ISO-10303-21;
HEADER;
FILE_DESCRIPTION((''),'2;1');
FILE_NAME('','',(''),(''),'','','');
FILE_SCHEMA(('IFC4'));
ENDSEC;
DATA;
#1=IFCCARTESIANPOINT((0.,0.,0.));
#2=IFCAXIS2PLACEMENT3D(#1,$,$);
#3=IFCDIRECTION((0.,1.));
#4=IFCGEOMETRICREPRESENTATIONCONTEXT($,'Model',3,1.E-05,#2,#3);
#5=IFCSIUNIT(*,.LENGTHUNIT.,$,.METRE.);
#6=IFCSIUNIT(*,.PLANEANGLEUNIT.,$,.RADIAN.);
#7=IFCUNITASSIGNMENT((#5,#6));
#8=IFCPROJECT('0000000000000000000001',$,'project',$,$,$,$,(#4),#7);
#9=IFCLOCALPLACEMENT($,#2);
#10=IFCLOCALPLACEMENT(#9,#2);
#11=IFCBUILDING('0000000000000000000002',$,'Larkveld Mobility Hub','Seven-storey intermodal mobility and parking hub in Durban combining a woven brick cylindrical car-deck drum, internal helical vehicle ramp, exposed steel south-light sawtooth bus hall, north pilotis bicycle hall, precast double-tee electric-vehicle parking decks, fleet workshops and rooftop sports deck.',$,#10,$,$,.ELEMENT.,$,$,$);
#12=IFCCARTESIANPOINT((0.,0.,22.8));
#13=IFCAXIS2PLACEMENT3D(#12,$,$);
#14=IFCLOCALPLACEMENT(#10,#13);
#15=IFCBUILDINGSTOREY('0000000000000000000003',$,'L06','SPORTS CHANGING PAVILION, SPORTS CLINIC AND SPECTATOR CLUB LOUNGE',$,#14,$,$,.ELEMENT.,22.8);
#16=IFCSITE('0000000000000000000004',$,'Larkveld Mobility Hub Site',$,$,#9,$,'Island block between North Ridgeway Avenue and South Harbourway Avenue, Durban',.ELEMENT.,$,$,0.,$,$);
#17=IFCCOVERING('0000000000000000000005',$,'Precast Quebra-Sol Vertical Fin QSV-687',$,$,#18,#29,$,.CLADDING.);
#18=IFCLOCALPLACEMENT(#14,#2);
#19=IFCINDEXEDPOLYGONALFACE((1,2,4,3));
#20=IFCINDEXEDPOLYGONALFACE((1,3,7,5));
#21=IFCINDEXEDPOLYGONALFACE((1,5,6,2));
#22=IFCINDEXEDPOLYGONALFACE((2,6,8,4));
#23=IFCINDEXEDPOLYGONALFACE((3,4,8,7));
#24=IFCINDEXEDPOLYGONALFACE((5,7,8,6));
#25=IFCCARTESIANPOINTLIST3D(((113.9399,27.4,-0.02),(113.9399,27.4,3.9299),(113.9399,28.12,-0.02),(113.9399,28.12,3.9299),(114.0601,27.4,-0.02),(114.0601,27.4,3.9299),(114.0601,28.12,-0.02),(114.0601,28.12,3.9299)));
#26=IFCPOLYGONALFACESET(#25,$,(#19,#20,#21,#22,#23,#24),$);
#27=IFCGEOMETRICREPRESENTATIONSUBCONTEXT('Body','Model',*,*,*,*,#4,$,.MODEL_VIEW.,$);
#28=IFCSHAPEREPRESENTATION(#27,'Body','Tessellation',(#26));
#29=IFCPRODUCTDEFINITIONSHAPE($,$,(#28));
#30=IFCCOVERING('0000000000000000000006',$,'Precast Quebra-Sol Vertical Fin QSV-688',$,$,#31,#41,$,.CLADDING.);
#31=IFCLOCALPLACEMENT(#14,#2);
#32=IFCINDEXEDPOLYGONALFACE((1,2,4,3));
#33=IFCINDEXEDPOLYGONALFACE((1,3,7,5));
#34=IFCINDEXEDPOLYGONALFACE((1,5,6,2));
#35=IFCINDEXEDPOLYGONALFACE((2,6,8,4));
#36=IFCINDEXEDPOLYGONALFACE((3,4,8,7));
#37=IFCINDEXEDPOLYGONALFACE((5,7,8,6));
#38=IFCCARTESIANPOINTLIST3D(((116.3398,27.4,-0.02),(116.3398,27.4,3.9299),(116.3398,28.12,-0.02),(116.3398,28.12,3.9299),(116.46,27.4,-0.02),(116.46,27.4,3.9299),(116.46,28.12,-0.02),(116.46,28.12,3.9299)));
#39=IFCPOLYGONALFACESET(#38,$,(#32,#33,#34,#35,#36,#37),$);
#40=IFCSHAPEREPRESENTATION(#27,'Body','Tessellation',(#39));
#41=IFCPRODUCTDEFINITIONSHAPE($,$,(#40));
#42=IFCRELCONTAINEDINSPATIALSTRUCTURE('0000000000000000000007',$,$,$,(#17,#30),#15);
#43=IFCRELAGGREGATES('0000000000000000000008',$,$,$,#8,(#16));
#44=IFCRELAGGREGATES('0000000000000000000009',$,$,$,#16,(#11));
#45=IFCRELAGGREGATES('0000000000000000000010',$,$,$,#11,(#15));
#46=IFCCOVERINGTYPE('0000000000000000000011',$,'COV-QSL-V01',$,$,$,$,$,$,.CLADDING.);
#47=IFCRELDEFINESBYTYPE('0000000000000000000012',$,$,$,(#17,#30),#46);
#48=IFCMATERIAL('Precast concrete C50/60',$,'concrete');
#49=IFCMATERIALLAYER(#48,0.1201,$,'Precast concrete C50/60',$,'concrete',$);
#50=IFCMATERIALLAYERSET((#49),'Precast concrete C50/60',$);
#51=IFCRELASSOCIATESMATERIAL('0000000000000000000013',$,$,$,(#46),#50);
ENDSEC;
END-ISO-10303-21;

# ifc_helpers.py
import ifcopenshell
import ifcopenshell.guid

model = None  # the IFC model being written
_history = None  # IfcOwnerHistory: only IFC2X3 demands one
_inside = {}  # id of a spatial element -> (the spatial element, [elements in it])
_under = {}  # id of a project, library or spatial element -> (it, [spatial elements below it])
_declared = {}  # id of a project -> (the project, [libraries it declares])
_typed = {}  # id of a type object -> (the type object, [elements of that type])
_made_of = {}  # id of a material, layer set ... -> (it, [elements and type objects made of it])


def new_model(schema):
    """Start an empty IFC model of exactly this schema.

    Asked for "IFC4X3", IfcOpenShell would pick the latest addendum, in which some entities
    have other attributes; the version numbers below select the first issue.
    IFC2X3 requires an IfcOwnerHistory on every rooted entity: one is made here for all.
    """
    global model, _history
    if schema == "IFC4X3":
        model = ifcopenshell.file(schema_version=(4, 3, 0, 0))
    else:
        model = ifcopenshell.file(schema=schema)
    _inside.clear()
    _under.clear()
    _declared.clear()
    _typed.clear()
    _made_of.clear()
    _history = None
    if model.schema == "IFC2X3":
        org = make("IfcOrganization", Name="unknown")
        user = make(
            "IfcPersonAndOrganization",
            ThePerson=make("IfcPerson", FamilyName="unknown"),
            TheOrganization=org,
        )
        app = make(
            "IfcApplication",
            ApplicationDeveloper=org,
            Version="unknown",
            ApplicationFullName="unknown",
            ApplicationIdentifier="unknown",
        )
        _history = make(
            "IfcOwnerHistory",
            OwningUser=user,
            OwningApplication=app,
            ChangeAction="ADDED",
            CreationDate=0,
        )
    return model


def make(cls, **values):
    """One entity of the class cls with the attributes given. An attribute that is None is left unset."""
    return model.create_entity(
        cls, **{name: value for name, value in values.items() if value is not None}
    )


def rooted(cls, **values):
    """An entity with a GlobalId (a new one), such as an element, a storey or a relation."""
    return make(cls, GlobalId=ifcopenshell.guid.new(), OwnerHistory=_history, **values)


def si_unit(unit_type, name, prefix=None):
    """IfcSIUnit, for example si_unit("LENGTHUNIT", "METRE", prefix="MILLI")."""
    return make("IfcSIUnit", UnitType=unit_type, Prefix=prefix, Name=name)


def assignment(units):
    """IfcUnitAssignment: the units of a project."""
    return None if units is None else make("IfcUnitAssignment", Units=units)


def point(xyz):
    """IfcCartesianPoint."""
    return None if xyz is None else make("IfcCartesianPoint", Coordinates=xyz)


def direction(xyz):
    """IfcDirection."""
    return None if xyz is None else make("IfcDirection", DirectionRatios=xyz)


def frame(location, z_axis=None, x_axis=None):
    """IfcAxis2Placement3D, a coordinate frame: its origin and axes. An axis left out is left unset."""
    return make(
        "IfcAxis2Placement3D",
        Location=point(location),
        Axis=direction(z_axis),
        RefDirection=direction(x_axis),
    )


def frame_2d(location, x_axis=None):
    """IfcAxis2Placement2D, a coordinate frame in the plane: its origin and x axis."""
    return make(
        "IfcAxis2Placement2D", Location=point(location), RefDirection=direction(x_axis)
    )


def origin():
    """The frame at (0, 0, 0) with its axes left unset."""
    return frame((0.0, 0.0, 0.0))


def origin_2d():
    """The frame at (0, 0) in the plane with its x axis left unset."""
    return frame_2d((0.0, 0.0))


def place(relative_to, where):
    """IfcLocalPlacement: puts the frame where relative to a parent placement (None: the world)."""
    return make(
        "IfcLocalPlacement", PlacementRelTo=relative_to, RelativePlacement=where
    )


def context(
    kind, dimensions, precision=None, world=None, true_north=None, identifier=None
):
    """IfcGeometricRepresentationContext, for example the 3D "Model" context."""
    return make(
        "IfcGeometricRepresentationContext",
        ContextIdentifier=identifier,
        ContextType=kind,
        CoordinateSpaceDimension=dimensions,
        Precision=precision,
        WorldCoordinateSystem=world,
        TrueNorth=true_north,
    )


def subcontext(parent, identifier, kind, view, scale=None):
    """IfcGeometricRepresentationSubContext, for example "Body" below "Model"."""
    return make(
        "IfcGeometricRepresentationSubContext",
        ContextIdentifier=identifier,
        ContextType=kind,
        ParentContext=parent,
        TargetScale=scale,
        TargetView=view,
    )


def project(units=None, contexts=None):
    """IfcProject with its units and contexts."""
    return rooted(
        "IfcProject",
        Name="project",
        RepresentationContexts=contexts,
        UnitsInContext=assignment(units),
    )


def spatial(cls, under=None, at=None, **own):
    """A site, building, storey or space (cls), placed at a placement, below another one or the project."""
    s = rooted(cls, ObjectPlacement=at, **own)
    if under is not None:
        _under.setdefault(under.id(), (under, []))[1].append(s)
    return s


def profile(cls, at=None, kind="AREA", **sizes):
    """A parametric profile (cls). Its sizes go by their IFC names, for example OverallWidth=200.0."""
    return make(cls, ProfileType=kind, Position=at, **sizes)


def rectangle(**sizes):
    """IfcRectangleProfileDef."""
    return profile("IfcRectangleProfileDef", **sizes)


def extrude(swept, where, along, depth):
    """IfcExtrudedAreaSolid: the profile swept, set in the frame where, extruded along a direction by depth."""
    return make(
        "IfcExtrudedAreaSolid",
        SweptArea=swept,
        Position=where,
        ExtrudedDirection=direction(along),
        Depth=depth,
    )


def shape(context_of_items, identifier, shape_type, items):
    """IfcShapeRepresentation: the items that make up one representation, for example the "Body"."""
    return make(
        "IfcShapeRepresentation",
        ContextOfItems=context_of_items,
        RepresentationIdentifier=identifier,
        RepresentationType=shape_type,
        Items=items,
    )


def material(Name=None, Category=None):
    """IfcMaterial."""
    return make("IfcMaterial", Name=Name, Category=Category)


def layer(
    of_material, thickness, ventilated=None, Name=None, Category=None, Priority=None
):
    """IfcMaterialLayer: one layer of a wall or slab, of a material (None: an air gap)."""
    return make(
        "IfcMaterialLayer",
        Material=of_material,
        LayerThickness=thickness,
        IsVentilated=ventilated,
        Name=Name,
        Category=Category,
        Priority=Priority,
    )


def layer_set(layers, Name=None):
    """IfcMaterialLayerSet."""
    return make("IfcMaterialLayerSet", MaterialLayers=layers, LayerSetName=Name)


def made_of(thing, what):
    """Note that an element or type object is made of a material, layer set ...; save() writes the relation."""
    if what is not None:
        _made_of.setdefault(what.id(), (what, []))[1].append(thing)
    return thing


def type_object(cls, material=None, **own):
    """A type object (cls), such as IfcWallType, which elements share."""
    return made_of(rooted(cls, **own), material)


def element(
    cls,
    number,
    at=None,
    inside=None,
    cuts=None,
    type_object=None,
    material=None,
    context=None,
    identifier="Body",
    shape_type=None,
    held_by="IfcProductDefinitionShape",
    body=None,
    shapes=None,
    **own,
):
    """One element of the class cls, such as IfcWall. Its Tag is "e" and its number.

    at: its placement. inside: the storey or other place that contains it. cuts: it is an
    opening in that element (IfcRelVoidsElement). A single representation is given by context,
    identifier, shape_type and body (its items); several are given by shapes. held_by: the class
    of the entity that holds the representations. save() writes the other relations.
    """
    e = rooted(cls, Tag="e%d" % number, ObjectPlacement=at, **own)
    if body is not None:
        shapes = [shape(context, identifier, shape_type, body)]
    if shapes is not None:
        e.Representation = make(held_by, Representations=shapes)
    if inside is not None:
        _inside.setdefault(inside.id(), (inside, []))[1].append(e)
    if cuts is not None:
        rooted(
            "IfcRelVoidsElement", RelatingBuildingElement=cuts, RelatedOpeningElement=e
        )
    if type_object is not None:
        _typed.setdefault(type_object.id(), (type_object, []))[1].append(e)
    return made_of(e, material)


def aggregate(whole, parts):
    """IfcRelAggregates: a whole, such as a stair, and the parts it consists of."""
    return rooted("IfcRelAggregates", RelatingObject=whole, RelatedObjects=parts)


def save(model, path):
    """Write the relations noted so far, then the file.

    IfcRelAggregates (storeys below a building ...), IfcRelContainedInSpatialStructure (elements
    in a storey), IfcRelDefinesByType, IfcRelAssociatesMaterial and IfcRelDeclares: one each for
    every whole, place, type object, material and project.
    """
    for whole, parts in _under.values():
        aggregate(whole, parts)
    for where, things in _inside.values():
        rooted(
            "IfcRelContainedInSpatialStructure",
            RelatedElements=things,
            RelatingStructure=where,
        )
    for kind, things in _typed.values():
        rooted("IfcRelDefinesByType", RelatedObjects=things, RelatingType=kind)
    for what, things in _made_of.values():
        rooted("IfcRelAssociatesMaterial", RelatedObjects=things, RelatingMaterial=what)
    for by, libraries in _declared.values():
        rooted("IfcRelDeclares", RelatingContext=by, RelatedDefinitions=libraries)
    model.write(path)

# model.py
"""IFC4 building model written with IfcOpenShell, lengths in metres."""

from ifc_helpers import new_model, si_unit, direction, frame, origin, origin_2d, place, context, subcontext, project, spatial, rectangle, extrude, material, layer, layer_set, type_object, element, save


model = new_model("IFC4")

# Units and contexts
model_context = context("Model", 3, precision=1e-05, world=origin(), true_north=direction((0.0, 1.0)))
body_context = subcontext(model_context, "Body", "Model", "MODEL_VIEW")
ifc_project = project(units=[si_unit("LENGTHUNIT", "METRE"), si_unit("PLANEANGLEUNIT", "RADIAN")], contexts=[model_context])

# Site, building, storey
site_placement = place(None, origin())
site = spatial("IfcSite", under=ifc_project, at=site_placement, Name="Larkveld Mobility Hub Site", LongName="Island block between North Ridgeway Avenue and South Harbourway Avenue, Durban", CompositionType="ELEMENT", RefElevation=0.0)
building_placement = place(site_placement, origin())
building = spatial("IfcBuilding", under=site, at=building_placement, Name="Larkveld Mobility Hub", Description="Seven-storey intermodal mobility and parking hub in Durban combining a woven brick cylindrical car-deck drum, internal helical vehicle ramp, exposed steel south-light sawtooth bus hall, north pilotis bicycle hall, precast double-tee electric-vehicle parking decks, fleet workshops and rooftop sports deck.", CompositionType="ELEMENT")
storey_placement = place(building_placement, frame((0.0, 0.0, 22.8)))
storey = spatial("IfcBuildingStorey", under=building, at=storey_placement, Name="L06", Description="SPORTS CHANGING PAVILION, SPORTS CLINIC AND SPECTATOR CLUB LOUNGE", CompositionType="ELEMENT", Elevation=22.8)

# Coverings
ifc_material_1 = material(Name="Precast concrete C50/60", Category="concrete")
ifc_layer_1 = layer(ifc_material_1, 0.1201, Name="Precast concrete C50/60", Category="concrete")
ifc_layer_set_1 = layer_set([ifc_layer_1], Name="Precast concrete C50/60")
covering_type = type_object("IfcCoveringType", Name="COV-QSL-V01", PredefinedType="CLADDING", material=ifc_layer_set_1)
for number, where, z_axis, x_axis, name in (
    (1, (114.0, 27.76, -0.02), (0.0, 0.0, 1.0), (1.0, 0.0, 0.0), "Precast Quebra-Sol Vertical Fin QSV-687"),
    (2, (116.3999, 27.76, -0.02), (0.0, 0.0, 1.0), (1.0, 0.0, 0.0), "Precast Quebra-Sol Vertical Fin QSV-688"),
):
    element("IfcCovering", number, at=place(storey_placement, frame(where, z_axis=z_axis, x_axis=x_axis)), inside=storey, type_object=covering_type, Name=name, PredefinedType="CLADDING", context=body_context, shape_type="SweptSolid", body=[
        extrude(rectangle(XDim=0.1201, YDim=0.72, at=origin_2d()), origin(), (0.0, 0.0, 1.0), 3.95),
    ])

save(model, "model.ifc")
